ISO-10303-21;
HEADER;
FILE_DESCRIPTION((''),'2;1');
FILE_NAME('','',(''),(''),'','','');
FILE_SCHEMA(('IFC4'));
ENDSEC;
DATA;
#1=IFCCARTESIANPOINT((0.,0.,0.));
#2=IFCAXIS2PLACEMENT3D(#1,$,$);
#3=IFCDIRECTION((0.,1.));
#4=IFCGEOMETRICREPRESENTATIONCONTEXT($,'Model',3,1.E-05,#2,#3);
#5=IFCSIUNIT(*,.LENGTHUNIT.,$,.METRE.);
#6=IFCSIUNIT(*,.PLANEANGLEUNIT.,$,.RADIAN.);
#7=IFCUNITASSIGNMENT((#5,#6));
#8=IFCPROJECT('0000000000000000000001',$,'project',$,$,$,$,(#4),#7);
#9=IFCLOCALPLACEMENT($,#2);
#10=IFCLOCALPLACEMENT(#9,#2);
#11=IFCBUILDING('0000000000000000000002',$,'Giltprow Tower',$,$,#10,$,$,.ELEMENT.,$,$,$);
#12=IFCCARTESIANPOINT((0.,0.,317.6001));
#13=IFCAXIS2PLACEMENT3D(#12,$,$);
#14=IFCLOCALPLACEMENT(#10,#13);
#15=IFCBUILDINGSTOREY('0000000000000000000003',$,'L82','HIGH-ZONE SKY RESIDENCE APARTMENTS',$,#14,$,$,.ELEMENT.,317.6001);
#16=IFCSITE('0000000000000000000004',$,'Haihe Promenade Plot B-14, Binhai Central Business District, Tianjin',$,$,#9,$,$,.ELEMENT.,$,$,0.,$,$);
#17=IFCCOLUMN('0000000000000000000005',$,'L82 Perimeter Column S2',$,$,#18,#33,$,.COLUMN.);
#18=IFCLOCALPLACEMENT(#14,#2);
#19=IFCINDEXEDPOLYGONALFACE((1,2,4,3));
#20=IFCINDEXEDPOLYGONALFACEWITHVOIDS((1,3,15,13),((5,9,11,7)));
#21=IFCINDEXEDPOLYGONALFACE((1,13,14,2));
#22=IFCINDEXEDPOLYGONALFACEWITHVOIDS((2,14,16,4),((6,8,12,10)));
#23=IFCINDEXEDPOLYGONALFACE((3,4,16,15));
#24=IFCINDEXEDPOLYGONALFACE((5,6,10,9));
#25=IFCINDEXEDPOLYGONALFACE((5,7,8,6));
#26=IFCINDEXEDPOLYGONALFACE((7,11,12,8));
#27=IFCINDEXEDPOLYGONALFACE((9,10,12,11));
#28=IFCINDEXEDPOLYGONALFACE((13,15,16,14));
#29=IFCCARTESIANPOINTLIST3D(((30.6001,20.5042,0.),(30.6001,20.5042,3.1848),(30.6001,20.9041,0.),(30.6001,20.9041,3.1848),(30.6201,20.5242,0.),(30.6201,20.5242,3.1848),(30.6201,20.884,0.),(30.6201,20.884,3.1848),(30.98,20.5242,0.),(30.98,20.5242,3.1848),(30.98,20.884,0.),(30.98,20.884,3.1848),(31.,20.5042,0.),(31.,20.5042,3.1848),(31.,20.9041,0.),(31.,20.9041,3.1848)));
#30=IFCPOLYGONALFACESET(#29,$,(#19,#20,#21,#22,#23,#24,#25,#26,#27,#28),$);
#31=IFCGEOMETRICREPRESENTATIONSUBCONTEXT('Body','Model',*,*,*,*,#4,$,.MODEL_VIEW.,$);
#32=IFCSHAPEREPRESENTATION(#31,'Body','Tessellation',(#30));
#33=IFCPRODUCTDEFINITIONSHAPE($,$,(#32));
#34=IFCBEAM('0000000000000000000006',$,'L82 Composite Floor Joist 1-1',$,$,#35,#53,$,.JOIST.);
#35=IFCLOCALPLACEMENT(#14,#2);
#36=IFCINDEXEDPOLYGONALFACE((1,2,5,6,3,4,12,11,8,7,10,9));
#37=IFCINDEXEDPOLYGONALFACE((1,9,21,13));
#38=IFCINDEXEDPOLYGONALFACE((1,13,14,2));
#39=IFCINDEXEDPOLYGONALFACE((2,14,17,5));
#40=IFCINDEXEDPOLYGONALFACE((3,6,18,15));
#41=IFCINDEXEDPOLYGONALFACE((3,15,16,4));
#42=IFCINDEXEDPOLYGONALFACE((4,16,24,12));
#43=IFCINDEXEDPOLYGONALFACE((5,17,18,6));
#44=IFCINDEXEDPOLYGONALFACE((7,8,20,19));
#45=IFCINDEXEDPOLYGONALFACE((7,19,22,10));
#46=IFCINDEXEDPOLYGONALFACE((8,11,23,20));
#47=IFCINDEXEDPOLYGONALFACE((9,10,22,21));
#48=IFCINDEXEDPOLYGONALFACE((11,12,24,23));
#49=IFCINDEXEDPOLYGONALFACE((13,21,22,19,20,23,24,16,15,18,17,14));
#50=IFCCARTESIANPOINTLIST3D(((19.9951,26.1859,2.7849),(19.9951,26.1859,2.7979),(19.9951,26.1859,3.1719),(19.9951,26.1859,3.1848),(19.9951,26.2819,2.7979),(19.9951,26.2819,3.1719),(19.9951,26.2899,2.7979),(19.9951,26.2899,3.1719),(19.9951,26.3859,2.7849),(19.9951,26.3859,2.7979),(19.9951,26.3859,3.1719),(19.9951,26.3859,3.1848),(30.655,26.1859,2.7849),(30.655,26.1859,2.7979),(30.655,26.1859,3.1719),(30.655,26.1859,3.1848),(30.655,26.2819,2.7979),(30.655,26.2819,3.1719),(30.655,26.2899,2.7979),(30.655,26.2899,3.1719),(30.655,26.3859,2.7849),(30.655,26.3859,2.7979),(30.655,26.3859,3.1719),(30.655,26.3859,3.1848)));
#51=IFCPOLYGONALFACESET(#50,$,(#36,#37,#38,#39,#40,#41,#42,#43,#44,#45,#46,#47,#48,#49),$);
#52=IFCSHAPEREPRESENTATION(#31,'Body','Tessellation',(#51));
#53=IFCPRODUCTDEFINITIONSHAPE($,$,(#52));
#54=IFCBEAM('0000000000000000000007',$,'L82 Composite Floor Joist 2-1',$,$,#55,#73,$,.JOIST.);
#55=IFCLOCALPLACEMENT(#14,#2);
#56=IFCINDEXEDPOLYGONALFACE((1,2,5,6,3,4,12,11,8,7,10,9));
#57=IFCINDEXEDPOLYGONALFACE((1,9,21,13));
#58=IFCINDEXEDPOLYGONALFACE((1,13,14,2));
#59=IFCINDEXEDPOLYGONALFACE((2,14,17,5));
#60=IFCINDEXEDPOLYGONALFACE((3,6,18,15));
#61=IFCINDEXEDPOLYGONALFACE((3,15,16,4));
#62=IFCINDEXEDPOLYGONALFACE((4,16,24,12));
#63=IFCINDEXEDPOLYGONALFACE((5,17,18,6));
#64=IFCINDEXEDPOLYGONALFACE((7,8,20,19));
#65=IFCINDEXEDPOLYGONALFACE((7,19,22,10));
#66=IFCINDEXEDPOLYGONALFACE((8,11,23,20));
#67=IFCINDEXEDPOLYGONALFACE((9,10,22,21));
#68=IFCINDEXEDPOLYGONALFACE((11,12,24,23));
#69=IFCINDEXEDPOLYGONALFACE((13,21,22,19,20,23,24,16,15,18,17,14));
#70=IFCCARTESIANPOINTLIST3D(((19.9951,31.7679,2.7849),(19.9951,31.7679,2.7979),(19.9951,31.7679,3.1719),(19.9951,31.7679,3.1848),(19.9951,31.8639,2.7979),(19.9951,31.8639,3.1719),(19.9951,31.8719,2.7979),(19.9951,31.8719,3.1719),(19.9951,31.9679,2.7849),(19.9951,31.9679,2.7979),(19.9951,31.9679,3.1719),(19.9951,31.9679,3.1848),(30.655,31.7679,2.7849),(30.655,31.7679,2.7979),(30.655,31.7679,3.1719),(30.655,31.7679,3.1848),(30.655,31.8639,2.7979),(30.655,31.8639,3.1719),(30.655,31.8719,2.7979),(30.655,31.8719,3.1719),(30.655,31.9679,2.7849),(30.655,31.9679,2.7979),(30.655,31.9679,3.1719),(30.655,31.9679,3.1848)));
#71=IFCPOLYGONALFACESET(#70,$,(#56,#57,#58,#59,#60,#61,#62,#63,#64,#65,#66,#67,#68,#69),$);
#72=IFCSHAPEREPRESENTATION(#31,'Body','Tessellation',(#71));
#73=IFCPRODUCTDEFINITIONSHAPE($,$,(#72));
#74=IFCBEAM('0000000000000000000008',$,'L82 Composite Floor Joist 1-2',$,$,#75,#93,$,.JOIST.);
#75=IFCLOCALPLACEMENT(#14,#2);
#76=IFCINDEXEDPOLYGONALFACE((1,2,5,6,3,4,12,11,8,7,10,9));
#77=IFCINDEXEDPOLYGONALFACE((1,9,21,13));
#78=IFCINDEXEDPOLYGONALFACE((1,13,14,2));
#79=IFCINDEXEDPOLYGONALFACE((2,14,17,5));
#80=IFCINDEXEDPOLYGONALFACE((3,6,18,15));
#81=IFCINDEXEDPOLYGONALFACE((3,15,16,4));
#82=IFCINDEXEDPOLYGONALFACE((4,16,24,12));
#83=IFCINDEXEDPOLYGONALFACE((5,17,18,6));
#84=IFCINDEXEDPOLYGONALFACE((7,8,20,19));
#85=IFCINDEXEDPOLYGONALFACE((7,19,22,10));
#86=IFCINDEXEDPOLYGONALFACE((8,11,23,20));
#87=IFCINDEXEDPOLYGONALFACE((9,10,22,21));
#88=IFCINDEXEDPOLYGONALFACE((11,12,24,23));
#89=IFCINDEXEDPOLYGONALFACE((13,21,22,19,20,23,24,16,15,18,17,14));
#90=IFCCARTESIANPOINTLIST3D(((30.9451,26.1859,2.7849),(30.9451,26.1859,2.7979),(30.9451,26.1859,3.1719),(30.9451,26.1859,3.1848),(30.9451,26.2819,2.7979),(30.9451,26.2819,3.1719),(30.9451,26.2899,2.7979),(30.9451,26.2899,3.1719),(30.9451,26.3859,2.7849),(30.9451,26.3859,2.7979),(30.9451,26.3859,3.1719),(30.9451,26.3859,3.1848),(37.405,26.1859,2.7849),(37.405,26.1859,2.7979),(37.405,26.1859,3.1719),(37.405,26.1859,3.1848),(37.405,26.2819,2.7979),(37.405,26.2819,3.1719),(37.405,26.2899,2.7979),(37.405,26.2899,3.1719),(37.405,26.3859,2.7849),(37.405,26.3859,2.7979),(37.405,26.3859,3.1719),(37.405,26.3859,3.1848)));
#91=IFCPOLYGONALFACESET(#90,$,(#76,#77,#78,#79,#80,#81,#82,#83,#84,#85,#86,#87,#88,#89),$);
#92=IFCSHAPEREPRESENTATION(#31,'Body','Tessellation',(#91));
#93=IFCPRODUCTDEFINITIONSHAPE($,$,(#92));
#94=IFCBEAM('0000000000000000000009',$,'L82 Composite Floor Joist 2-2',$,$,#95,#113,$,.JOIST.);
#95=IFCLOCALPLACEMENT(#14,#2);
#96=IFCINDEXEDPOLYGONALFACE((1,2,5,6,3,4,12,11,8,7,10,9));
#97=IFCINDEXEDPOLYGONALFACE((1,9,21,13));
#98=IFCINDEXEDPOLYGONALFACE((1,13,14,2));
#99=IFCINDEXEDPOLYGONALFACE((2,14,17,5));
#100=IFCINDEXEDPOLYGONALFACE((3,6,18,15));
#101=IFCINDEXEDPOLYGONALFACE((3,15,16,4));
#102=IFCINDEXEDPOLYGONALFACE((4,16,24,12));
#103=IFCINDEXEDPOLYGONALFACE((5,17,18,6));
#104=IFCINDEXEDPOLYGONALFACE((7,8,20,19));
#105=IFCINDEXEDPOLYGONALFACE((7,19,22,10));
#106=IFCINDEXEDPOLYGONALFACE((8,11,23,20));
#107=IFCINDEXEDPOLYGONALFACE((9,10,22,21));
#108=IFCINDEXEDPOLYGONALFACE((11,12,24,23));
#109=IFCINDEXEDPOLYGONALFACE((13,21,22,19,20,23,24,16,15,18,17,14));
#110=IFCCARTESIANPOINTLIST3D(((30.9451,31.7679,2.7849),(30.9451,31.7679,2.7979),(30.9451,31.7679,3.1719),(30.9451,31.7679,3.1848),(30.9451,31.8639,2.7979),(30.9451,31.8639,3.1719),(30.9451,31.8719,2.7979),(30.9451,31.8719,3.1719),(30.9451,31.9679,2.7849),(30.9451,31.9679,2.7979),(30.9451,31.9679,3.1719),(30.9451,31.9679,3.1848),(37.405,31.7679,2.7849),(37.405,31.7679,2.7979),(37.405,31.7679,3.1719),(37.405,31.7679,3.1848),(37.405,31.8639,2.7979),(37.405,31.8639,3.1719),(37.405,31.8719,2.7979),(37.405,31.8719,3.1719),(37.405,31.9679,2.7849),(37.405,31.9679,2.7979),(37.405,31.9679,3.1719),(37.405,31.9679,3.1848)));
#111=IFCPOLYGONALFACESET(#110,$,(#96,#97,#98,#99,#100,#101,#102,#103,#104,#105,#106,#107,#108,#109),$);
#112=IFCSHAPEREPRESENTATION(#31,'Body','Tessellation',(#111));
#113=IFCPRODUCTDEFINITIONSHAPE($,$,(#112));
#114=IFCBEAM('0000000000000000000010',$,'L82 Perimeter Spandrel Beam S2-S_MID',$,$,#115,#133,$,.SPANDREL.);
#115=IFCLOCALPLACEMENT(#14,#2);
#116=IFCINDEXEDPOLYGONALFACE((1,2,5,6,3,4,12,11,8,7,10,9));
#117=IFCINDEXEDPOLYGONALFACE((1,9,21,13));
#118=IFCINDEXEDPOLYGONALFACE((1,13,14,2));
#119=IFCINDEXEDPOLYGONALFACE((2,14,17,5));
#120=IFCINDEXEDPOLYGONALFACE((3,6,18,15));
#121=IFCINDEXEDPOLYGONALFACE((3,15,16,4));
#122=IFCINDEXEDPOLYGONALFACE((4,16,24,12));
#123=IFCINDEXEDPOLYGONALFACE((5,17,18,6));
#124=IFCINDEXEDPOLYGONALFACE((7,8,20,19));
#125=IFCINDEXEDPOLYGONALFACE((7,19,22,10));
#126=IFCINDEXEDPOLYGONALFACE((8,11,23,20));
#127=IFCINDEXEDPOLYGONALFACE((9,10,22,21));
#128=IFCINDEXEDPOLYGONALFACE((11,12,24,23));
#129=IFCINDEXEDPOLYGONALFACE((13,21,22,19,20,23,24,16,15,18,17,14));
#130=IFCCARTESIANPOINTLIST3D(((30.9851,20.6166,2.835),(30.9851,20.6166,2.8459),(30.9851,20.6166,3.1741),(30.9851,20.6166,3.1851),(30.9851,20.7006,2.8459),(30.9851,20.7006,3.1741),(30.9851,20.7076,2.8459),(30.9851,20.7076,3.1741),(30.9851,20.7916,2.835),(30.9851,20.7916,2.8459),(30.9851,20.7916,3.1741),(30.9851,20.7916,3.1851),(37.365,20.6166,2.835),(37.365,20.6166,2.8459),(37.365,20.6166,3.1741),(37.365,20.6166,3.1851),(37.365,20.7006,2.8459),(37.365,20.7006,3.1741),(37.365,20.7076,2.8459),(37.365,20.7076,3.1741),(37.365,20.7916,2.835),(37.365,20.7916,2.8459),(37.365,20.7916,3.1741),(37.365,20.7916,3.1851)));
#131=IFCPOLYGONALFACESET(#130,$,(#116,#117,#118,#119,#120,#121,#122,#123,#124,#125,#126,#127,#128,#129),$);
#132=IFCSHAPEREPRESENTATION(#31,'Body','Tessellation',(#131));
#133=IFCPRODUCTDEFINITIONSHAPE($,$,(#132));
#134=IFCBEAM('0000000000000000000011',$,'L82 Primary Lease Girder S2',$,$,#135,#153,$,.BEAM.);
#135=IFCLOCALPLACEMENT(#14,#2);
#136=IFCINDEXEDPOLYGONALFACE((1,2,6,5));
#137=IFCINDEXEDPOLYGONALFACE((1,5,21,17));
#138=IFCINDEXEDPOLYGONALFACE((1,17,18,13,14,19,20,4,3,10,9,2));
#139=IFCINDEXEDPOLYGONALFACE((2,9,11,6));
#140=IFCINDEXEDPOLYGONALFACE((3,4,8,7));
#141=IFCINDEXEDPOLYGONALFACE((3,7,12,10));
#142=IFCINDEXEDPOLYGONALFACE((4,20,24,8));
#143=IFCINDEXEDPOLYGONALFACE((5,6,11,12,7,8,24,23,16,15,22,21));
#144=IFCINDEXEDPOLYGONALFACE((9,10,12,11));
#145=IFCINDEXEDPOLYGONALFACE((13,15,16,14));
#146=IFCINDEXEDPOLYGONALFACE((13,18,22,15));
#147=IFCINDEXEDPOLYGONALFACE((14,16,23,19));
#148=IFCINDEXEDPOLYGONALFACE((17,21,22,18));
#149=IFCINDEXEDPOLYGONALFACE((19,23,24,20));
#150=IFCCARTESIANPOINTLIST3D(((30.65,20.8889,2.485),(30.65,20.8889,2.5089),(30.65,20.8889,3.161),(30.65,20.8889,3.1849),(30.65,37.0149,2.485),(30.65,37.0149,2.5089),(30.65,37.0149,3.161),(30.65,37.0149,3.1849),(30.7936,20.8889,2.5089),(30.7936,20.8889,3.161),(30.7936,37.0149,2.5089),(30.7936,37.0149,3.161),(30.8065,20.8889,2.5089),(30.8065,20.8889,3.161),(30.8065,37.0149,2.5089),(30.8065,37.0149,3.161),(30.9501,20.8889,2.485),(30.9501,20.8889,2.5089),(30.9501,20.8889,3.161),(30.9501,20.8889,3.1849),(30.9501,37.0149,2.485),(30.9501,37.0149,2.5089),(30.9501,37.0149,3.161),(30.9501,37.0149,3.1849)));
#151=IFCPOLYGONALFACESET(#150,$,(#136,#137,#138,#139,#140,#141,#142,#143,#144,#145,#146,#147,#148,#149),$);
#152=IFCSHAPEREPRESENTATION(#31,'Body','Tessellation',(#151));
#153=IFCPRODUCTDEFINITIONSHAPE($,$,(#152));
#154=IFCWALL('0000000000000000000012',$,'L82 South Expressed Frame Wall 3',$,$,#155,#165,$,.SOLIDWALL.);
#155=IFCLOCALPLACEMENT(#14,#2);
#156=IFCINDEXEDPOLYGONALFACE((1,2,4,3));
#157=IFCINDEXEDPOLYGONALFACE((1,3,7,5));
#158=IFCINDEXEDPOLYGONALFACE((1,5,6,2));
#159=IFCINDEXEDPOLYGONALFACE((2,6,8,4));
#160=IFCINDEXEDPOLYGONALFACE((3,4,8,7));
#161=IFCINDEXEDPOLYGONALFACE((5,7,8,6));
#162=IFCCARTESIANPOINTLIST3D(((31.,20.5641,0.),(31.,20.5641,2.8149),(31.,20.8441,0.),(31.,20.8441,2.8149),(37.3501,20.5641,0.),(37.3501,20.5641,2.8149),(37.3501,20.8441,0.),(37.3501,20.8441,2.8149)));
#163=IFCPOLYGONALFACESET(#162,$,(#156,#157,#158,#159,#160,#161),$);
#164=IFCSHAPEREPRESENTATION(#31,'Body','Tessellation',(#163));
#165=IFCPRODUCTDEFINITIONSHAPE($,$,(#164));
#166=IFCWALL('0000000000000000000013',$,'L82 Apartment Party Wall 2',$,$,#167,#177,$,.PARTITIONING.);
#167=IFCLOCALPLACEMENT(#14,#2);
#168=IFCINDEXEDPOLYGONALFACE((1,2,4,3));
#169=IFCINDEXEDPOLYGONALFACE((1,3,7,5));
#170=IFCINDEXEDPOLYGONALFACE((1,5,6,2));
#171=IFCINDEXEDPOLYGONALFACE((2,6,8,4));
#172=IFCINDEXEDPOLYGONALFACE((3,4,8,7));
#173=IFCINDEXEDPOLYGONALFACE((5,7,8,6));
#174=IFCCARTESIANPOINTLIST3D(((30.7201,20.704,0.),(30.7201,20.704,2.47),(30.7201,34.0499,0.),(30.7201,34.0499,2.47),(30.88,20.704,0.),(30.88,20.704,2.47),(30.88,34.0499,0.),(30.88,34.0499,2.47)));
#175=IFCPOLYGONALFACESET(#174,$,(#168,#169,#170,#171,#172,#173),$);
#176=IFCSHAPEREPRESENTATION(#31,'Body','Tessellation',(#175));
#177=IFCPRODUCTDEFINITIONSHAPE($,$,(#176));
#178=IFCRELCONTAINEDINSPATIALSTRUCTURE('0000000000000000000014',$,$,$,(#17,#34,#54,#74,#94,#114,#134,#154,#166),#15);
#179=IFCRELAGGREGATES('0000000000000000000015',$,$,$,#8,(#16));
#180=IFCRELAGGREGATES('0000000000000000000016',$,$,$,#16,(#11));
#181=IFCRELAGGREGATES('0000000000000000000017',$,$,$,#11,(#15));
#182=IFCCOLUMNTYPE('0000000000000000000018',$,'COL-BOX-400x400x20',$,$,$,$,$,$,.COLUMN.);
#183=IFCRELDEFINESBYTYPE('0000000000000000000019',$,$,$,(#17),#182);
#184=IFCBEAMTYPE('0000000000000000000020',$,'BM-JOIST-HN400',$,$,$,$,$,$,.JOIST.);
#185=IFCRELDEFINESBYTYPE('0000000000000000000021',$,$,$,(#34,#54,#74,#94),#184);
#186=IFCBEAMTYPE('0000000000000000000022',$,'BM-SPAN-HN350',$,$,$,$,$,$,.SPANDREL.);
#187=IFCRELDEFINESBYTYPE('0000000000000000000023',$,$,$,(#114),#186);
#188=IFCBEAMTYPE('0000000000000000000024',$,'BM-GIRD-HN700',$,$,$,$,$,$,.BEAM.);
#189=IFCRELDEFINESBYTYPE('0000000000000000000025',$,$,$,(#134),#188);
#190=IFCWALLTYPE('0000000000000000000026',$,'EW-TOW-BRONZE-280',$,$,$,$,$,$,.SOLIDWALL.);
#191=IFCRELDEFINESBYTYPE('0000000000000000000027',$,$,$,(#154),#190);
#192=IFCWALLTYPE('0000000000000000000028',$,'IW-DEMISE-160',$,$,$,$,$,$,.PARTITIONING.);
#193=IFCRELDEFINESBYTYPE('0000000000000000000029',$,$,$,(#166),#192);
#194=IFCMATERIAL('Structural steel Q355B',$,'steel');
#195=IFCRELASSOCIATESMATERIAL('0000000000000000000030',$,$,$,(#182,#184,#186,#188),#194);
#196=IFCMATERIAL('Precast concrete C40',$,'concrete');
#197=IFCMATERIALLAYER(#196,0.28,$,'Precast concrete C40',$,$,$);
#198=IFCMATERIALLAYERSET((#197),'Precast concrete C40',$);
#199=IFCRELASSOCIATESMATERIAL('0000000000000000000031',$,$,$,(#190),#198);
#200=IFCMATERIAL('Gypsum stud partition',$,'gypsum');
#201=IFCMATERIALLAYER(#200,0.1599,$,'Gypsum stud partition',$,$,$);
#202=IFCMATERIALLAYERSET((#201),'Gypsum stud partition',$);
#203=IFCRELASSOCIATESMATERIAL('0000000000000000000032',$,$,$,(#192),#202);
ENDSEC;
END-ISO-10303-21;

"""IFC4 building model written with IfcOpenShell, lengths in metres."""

from ifc_helpers import new_model, si_unit, direction, frame, frame_2d, origin, origin_2d, place, context, subcontext, project, spatial, rectangle, hollow_rectangle, i_section, extrude, source, transform, mapped, material, layer, layer_set, material_profile, profile_set, type_object, element, save


model = new_model("IFC4")

# Units and contexts
model_context = context("Model", 3, precision=1e-05, world=origin(), true_north=direction((0.0, 1.0)))
body_context = subcontext(model_context, "Body", "Model", "MODEL_VIEW")
ifc_project = project(units=[si_unit("LENGTHUNIT", "METRE"), si_unit("PLANEANGLEUNIT", "RADIAN")], contexts=[model_context])

# Site, building, storey
site_placement = place(None, origin())
site = spatial("IfcSite", under=ifc_project, at=site_placement, Name="Haihe Promenade Plot B-14, Binhai Central Business District, Tianjin", CompositionType="ELEMENT", RefElevation=0.0)
building_placement = place(site_placement, origin())
building = spatial("IfcBuilding", under=site, at=building_placement, Name="Giltprow Tower", CompositionType="ELEMENT")
storey_placement = place(building_placement, frame((0.0, 0.0, 317.6001)))
storey = spatial("IfcBuildingStorey", under=building, at=storey_placement, Name="L82", Description="HIGH-ZONE SKY RESIDENCE APARTMENTS", CompositionType="ELEMENT", Elevation=317.6001)

# Column
ifc_material_1 = material(Name="Structural steel Q355B", Category="steel")
ifc_material_profile_1 = material_profile(ifc_material_1, hollow_rectangle(XDim=0.3999, YDim=0.3999, WallThickness=0.02, at=origin_2d()), Name="BOX 400x400x20")
ifc_profile_set_1 = profile_set([ifc_material_profile_1], Name="Structural steel Q355B")
column_type = type_object("IfcColumnType", Name="COL-BOX-400x400x20", PredefinedType="COLUMN", material=ifc_profile_set_1)
shared_shape_1 = source(origin(), body_context, "Body", "SweptSolid", [
    extrude(hollow_rectangle(XDim=0.3999, YDim=0.3999, WallThickness=0.02, at=origin_2d()), origin(), (0.0, 0.0, 1.0), 3.1848),
])
column_placement = place(storey_placement, frame((30.8, 20.7041, 0.0), z_axis=(0.0, 0.0, 1.0), x_axis=(1.0, 0.0, 0.0)))
element("IfcColumn", 1, at=column_placement, inside=storey, type_object=column_type, Name="L82 Perimeter Column S2", PredefinedType="COLUMN", context=body_context, shape_type="MappedRepresentation", body=[
    mapped(shared_shape_1, transform((0.0, 0.0, 0.0), x_axis=(1.0, 0.0, 0.0), y_axis=(0.0, 1.0, 0.0), z_axis=(0.0, 0.0, 1.0), scale=1.0)),
])

# Beams
ifc_material_profile_2 = material_profile(ifc_material_1, i_section(OverallWidth=0.2, OverallDepth=0.3999, WebThickness=0.0081, FlangeThickness=0.0129, at=origin_2d()), Name="HN 400x200x8x13")
ifc_profile_set_2 = profile_set([ifc_material_profile_2], Name="Structural steel Q355B")
beam_type_1 = type_object("IfcBeamType", Name="BM-JOIST-HN400", PredefinedType="JOIST", material=ifc_profile_set_2)
shared_shape_2 = source(origin(), body_context, "Body", "SweptSolid", [
    extrude(i_section(OverallWidth=0.2, OverallDepth=0.3999, WebThickness=0.0081, FlangeThickness=0.0129, at=origin_2d()), origin(), (0.0, 0.0, 1.0), 10.6599),
])
for number, where, z_axis, x_axis, name in (
    (2, (19.9951, 26.2859, 2.9849), (1.0, 0.0, 0.0), (0.0, 1.0, 0.0), "L82 Composite Floor Joist 1-1"),
    (3, (19.9951, 31.8679, 2.9849), (1.0, 0.0, 0.0), (0.0, 1.0, 0.0), "L82 Composite Floor Joist 2-1"),
):
    element("IfcBeam", number, at=place(storey_placement, frame(where, z_axis=z_axis, x_axis=x_axis)), inside=storey, type_object=beam_type_1, Name=name, PredefinedType="JOIST", context=body_context, shape_type="MappedRepresentation", body=[
        mapped(shared_shape_2, transform((0.0, 0.0, 0.0), x_axis=(1.0, 0.0, 0.0), y_axis=(0.0, 1.0, 0.0), z_axis=(0.0, 0.0, 1.0), scale=1.0)),
    ])
shared_shape_3 = source(origin(), body_context, "Body", "SweptSolid", [
    extrude(i_section(OverallWidth=0.2, OverallDepth=0.3999, WebThickness=0.0081, FlangeThickness=0.0129, at=origin_2d()), origin(), (0.0, 0.0, 1.0), 6.46),
])
for number, where, z_axis, x_axis, name in (
    (4, (30.9451, 26.2859, 2.9849), (1.0, 0.0, 0.0), (0.0, 1.0, 0.0), "L82 Composite Floor Joist 1-2"),
    (5, (30.9451, 31.8679, 2.9849), (1.0, 0.0, 0.0), (0.0, 1.0, 0.0), "L82 Composite Floor Joist 2-2"),
):
    element("IfcBeam", number, at=place(storey_placement, frame(where, z_axis=z_axis, x_axis=x_axis)), inside=storey, type_object=beam_type_1, Name=name, PredefinedType="JOIST", context=body_context, shape_type="MappedRepresentation", body=[
        mapped(shared_shape_3, transform((0.0, 0.0, 0.0), x_axis=(1.0, 0.0, 0.0), y_axis=(0.0, 1.0, 0.0), z_axis=(0.0, 0.0, 1.0), scale=1.0)),
    ])
ifc_material_profile_3 = material_profile(ifc_material_1, i_section(OverallWidth=0.175, OverallDepth=0.3501, WebThickness=0.0071, FlangeThickness=0.011, at=origin_2d()), Name="HN 350x175x7x11")
ifc_profile_set_3 = profile_set([ifc_material_profile_3], Name="Structural steel Q355B")
beam_type_2 = type_object("IfcBeamType", Name="BM-SPAN-HN350", PredefinedType="SPANDREL", material=ifc_profile_set_3)
shared_shape_4 = source(origin(), body_context, "Body", "SweptSolid", [
    extrude(i_section(OverallWidth=0.175, OverallDepth=0.3501, WebThickness=0.0071, FlangeThickness=0.011, at=origin_2d()), origin(), (0.0, 0.0, 1.0), 6.3799),
])
beam_1_placement = place(storey_placement, frame((30.9851, 20.7041, 3.01), z_axis=(1.0, 0.0, 0.0), x_axis=(0.0, 1.0, 0.0)))
element("IfcBeam", 6, at=beam_1_placement, inside=storey, type_object=beam_type_2, Name="L82 Perimeter Spandrel Beam S2-S_MID", PredefinedType="SPANDREL", context=body_context, shape_type="MappedRepresentation", body=[
    mapped(shared_shape_4, transform((0.0, 0.0, 0.0), x_axis=(1.0, 0.0, 0.0), y_axis=(0.0, 1.0, 0.0), z_axis=(0.0, 0.0, 1.0), scale=1.0)),
])
ifc_material_profile_4 = material_profile(ifc_material_1, i_section(OverallWidth=0.3, OverallDepth=0.7, WebThickness=0.0129, FlangeThickness=0.0239, at=origin_2d()), Name="HN 700x300x13x24")
ifc_profile_set_4 = profile_set([ifc_material_profile_4], Name="Structural steel Q355B")
beam_type_3 = type_object("IfcBeamType", Name="BM-GIRD-HN700", PredefinedType="BEAM", material=ifc_profile_set_4)
shared_shape_5 = source(origin(), body_context, "Body", "SweptSolid", [
    extrude(i_section(OverallWidth=0.3, OverallDepth=0.7, WebThickness=0.0129, FlangeThickness=0.0239, at=origin_2d()), origin(), (0.0, 0.0, 1.0), 16.126),
])
beam_2_placement = place(storey_placement, frame((30.8, 20.8889, 2.835), z_axis=(0.0, 1.0, 0.0), x_axis=(-1.0, 0.0, 0.0)))
element("IfcBeam", 7, at=beam_2_placement, inside=storey, type_object=beam_type_3, Name="L82 Primary Lease Girder S2", PredefinedType="BEAM", context=body_context, shape_type="MappedRepresentation", body=[
    mapped(shared_shape_5, transform((0.0, 0.0, 0.0), x_axis=(1.0, 0.0, 0.0), y_axis=(0.0, 1.0, 0.0), z_axis=(0.0, 0.0, 1.0), scale=1.0)),
])

# Walls
ifc_material_2 = material(Name="Precast concrete C40", Category="concrete")
ifc_layer_1 = layer(ifc_material_2, 0.28, Name="Precast concrete C40")
ifc_layer_set_1 = layer_set([ifc_layer_1], Name="Precast concrete C40")
wall_type_1 = type_object("IfcWallType", Name="EW-TOW-BRONZE-280", PredefinedType="SOLIDWALL", material=ifc_layer_set_1)
wall_1_placement = place(storey_placement, frame((31.0, 20.7041, 0.0), z_axis=(0.0, 0.0, 1.0), x_axis=(1.0, 0.0, 0.0)))
element("IfcWall", 8, at=wall_1_placement, inside=storey, type_object=wall_type_1, Name="L82 South Expressed Frame Wall 3", PredefinedType="SOLIDWALL", context=body_context, shape_type="SweptSolid", body=[
    extrude(rectangle(XDim=6.3501, YDim=0.28, at=frame_2d((3.175, 0.0))), origin(), (0.0, 0.0, 1.0), 2.8149),
])
ifc_material_3 = material(Name="Gypsum stud partition", Category="gypsum")
ifc_layer_2 = layer(ifc_material_3, 0.1599, Name="Gypsum stud partition")
ifc_layer_set_2 = layer_set([ifc_layer_2], Name="Gypsum stud partition")
wall_type_2 = type_object("IfcWallType", Name="IW-DEMISE-160", PredefinedType="PARTITIONING", material=ifc_layer_set_2)
wall_2_placement = place(storey_placement, frame((30.8, 20.7041, 0.0), z_axis=(0.0, 0.0, 1.0), x_axis=(0.0, 1.0, 0.0)))
element("IfcWall", 9, at=wall_2_placement, inside=storey, type_object=wall_type_2, Name="L82 Apartment Party Wall 2", PredefinedType="PARTITIONING", context=body_context, shape_type="SweptSolid", body=[
    extrude(rectangle(XDim=13.3459, YDim=0.1599, at=frame_2d((6.6729, 0.0))), origin(), (0.0, 0.0, 1.0), 2.47),
])

save(model, "model.ifc")
